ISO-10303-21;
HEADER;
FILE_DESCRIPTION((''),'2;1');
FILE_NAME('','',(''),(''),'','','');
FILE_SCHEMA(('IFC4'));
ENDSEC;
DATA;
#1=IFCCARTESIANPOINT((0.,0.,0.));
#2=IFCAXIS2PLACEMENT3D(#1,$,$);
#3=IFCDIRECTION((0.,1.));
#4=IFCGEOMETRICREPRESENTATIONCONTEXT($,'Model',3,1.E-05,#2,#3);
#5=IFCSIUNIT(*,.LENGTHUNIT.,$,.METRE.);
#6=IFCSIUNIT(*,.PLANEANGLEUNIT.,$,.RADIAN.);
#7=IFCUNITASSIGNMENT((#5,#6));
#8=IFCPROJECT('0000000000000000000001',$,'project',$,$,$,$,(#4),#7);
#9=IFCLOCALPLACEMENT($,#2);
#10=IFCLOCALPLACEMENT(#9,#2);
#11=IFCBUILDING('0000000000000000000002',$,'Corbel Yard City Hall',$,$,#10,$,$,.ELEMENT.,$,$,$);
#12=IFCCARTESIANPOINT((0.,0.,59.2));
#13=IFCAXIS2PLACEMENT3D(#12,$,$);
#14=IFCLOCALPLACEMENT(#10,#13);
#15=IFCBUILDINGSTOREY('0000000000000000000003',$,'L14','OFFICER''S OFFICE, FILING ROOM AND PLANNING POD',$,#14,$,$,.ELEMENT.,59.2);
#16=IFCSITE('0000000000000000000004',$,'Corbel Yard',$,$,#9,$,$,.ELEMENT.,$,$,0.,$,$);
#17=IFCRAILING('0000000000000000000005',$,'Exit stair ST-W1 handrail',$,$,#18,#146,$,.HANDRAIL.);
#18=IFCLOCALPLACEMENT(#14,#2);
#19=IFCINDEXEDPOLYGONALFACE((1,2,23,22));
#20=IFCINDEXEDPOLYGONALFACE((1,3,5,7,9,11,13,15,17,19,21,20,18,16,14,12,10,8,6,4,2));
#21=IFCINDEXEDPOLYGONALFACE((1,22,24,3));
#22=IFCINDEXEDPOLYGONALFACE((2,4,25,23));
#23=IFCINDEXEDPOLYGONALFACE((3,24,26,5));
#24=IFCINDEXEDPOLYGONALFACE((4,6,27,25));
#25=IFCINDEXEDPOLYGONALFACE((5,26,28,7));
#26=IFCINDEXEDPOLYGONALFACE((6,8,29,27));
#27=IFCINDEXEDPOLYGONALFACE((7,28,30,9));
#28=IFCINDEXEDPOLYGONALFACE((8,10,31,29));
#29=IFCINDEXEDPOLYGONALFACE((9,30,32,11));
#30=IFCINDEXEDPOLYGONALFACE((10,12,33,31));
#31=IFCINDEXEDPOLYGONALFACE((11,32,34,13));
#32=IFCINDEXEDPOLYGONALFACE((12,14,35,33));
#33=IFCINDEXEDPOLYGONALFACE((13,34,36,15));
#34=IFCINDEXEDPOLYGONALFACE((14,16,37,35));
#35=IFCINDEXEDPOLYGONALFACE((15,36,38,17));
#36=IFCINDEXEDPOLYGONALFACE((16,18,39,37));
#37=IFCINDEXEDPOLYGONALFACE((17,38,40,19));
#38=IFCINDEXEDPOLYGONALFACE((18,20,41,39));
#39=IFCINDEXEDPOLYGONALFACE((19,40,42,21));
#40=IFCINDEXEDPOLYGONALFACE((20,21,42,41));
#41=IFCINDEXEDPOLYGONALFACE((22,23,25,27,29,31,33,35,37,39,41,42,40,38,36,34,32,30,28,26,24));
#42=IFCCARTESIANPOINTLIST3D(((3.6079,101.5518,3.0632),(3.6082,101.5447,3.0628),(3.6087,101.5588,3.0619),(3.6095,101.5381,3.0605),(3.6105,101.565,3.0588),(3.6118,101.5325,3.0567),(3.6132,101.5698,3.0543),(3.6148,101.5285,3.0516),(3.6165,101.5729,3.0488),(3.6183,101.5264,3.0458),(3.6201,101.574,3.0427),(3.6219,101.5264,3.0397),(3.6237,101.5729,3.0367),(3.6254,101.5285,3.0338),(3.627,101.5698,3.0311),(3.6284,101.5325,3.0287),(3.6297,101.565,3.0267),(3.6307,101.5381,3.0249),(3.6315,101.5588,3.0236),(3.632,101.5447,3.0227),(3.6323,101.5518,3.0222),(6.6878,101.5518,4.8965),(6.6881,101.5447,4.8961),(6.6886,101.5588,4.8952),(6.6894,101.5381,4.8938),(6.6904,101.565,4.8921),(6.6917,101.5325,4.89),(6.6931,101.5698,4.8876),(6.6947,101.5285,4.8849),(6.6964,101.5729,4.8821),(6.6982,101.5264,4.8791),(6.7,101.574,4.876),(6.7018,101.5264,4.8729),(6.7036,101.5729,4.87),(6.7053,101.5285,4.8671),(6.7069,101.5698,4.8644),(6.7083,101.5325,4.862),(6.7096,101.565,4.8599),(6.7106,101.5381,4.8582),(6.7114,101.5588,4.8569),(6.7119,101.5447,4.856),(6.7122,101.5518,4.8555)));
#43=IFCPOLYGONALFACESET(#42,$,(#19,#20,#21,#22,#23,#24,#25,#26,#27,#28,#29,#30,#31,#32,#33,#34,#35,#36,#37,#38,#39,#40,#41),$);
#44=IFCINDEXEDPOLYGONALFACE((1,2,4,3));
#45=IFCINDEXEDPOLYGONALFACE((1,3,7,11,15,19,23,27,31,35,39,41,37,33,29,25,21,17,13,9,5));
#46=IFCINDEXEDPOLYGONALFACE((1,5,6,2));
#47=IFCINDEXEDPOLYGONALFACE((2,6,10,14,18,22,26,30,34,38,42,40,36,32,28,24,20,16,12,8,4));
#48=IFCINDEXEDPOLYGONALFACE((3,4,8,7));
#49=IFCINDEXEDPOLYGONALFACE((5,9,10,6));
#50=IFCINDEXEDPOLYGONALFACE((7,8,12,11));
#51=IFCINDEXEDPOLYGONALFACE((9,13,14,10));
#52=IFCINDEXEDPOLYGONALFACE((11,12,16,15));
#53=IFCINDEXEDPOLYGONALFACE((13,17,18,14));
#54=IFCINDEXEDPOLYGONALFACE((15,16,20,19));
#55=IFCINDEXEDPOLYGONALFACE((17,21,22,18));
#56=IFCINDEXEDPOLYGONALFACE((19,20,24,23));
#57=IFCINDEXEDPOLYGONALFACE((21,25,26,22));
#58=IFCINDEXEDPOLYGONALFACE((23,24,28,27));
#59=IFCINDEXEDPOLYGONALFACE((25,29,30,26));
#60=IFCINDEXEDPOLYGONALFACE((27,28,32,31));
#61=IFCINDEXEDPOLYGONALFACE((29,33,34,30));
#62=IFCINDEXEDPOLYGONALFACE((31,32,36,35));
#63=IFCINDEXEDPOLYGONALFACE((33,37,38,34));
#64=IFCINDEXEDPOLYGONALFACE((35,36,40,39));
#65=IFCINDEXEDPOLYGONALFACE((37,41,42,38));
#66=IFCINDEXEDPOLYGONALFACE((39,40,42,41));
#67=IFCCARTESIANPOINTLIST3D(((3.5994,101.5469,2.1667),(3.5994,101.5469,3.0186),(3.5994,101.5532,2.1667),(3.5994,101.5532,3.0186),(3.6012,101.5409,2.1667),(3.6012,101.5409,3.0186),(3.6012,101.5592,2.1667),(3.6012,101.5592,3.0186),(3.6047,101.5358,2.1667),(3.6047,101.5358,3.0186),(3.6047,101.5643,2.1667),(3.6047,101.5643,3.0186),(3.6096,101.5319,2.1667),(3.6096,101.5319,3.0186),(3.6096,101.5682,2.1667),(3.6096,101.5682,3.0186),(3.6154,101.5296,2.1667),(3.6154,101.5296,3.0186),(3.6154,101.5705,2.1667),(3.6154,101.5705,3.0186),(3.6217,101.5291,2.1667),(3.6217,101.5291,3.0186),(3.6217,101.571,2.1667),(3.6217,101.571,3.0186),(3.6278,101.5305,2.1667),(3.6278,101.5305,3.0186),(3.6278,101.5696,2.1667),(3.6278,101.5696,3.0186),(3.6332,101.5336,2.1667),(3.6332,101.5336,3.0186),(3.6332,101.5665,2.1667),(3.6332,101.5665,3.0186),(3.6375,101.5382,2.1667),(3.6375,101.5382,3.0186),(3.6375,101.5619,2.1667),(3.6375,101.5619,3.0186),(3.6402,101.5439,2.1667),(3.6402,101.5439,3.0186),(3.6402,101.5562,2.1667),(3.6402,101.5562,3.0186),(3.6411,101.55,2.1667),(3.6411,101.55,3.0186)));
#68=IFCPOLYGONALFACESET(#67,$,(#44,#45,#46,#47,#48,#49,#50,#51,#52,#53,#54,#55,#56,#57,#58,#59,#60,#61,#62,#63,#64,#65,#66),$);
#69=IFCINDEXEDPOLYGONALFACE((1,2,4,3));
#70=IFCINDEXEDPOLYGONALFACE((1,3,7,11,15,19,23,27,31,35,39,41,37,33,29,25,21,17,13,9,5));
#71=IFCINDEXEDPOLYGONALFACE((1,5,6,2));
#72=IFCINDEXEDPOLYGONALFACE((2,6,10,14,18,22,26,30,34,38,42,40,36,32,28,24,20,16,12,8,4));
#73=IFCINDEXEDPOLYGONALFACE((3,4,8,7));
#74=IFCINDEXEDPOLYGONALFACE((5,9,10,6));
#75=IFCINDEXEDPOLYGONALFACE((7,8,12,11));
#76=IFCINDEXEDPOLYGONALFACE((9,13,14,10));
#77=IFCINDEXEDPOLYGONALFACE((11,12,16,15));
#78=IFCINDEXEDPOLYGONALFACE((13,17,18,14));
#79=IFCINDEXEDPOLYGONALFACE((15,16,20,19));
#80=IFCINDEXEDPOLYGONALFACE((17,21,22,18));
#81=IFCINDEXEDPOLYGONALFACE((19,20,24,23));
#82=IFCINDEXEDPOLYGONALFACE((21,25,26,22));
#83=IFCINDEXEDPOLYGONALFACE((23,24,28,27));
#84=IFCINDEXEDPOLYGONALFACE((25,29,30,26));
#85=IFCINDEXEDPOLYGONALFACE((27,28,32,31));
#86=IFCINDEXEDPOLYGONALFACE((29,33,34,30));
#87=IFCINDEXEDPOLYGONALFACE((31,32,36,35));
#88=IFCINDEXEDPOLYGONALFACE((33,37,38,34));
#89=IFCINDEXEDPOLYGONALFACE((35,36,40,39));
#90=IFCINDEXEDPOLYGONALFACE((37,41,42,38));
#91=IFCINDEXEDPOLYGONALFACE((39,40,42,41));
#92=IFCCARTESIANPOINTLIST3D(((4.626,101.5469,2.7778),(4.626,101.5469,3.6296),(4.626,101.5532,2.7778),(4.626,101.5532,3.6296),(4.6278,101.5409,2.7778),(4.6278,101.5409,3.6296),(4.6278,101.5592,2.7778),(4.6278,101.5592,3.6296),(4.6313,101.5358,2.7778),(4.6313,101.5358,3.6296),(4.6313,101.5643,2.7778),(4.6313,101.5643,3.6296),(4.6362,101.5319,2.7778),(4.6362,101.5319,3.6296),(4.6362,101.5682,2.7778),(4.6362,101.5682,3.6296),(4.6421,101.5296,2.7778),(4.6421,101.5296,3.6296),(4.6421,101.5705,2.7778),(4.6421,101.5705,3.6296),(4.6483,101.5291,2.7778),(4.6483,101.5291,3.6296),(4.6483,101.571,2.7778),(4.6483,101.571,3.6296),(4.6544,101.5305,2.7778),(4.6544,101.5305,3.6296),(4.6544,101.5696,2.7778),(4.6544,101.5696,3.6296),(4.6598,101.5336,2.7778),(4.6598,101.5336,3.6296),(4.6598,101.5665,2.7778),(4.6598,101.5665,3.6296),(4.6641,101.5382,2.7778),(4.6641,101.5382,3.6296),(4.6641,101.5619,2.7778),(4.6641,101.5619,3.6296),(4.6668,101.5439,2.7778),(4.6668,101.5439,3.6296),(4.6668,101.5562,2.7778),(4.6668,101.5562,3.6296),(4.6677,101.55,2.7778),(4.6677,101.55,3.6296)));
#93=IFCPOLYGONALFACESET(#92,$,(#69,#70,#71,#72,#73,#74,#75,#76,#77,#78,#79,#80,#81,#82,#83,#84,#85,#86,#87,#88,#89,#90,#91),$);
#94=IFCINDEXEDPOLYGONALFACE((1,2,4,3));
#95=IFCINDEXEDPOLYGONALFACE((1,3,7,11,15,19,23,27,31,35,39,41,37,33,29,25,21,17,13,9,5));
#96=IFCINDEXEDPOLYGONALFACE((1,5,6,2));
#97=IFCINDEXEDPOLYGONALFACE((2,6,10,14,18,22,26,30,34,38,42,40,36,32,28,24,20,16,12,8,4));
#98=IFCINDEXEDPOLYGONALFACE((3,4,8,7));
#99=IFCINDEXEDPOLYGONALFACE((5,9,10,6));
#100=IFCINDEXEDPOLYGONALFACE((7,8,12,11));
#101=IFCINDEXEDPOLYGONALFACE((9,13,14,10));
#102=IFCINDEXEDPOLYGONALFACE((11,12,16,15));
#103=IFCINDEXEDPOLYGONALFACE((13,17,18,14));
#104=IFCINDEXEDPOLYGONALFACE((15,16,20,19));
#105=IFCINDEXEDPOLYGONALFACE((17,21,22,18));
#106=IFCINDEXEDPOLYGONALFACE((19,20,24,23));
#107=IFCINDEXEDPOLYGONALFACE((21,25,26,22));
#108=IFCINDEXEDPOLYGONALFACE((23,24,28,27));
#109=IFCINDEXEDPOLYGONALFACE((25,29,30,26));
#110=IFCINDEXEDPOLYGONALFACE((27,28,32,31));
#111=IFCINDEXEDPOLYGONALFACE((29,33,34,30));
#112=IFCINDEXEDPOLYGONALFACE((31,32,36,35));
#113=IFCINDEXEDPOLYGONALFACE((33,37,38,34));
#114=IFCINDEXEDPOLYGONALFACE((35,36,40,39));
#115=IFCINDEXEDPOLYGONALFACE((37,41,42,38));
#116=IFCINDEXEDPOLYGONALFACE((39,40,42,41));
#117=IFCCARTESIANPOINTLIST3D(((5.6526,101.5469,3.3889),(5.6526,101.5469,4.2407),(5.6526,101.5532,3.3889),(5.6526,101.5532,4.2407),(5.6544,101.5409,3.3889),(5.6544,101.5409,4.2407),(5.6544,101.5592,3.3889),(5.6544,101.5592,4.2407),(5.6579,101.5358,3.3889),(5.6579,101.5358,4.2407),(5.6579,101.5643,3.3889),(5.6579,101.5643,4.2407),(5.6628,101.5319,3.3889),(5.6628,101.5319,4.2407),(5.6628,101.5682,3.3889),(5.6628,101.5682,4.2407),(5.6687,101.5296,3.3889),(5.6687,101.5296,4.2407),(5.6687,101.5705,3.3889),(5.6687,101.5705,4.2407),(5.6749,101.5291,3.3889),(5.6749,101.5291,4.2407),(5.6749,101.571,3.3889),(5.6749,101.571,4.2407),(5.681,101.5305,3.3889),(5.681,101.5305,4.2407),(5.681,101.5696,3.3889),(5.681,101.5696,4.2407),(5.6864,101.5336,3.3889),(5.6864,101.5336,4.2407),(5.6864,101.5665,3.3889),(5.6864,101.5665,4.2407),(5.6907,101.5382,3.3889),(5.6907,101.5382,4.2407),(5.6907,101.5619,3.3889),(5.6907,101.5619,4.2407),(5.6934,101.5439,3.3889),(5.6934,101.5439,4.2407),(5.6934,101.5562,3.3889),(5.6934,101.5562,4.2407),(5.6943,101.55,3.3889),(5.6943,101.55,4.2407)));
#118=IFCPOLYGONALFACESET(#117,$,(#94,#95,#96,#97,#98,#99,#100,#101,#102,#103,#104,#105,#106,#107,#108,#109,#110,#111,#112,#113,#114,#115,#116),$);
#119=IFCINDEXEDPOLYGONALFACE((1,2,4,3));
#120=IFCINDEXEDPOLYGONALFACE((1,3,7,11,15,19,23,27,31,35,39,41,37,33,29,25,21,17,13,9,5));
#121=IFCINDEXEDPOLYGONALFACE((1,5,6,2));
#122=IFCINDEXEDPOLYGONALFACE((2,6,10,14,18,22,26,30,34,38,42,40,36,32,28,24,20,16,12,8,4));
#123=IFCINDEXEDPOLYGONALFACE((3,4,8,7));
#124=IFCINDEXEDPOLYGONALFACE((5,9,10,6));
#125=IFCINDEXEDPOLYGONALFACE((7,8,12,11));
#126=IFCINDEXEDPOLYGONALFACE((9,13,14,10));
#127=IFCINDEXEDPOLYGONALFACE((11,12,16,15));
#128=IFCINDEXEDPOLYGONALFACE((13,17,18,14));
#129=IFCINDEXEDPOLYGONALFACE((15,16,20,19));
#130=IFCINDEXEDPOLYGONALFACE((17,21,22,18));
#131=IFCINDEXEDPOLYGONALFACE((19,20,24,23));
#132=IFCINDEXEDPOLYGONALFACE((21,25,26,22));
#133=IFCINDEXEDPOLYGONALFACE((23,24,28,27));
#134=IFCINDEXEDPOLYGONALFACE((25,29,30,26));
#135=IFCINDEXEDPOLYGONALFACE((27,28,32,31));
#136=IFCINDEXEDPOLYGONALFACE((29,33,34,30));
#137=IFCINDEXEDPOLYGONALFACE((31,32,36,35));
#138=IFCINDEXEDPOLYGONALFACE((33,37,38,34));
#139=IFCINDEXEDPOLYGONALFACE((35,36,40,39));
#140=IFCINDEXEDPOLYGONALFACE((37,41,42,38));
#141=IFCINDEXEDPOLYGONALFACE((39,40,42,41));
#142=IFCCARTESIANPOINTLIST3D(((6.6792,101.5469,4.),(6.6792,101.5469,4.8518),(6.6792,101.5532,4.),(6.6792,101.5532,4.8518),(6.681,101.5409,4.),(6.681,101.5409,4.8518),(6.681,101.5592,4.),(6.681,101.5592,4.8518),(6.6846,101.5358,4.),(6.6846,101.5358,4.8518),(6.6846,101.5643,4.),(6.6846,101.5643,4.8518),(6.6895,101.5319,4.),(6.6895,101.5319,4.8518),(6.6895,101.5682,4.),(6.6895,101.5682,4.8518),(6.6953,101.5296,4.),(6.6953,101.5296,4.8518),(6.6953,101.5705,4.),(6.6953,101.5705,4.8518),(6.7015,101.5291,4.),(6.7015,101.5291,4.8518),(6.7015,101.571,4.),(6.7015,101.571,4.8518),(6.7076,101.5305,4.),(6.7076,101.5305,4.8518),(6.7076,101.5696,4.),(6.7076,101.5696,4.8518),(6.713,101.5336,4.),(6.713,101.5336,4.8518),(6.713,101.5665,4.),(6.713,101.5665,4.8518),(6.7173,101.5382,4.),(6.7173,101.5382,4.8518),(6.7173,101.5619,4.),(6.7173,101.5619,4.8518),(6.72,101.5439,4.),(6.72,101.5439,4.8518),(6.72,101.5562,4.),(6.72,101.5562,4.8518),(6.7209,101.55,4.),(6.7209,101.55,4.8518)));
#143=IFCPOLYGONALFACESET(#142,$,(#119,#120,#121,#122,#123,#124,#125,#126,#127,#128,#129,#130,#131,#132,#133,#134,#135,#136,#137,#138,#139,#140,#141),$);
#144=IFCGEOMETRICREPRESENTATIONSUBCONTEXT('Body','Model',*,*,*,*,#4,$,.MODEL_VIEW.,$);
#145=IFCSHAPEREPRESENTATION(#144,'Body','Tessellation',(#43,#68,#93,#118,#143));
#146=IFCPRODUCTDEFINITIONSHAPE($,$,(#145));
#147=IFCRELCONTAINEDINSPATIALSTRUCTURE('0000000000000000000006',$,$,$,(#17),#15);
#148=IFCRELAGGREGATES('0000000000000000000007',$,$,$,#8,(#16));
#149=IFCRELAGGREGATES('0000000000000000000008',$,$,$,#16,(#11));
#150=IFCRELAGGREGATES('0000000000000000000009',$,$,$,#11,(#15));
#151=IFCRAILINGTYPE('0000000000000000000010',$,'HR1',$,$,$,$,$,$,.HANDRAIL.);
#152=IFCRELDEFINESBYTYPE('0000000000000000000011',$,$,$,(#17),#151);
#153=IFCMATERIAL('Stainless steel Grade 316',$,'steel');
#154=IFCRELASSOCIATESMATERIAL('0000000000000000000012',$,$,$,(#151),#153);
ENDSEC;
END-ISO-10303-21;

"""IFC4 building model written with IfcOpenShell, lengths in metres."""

from ifc_helpers import new_model, si_unit, direction, frame, origin, origin_2d, place, context, subcontext, project, spatial, circle, extrude, material, type_object, element, save


model = new_model("IFC4")

# Units and contexts
model_context = context("Model", 3, precision=1e-05, world=origin(), true_north=direction((0.0, 1.0)))
body_context = subcontext(model_context, "Body", "Model", "MODEL_VIEW")
ifc_project = project(units=[si_unit("LENGTHUNIT", "METRE"), si_unit("PLANEANGLEUNIT", "RADIAN")], contexts=[model_context])

# Site, building, storey
site_placement = place(None, origin())
site = spatial("IfcSite", under=ifc_project, at=site_placement, Name="Corbel Yard", CompositionType="ELEMENT", RefElevation=0.0)
building_placement = place(site_placement, origin())
building = spatial("IfcBuilding", under=site, at=building_placement, Name="Corbel Yard City Hall", CompositionType="ELEMENT")
storey_placement = place(building_placement, frame((0.0, 0.0, 59.2)))
storey = spatial("IfcBuildingStorey", under=building, at=storey_placement, Name="L14", Description="OFFICER'S OFFICE, FILING ROOM AND PLANNING POD", CompositionType="ELEMENT", Elevation=59.2)

# Railing
ifc_material_1 = material(Name="Stainless steel Grade 316", Category="steel")
railing_type = type_object("IfcRailingType", Name="HR1", PredefinedType="HANDRAIL", material=ifc_material_1)
for number, where, name in (
    (1, (3.6201, 101.55, 2.1667), "Exit stair ST-W1 handrail"),
):
    element("IfcRailing", number, at=place(storey_placement, frame(where)), inside=storey, type_object=railing_type, Name=name, PredefinedType="HANDRAIL", context=body_context, shape_type="SweptSolid", body=[
        extrude(circle(Radius=0.0239, at=origin_2d()), frame((0.0, 0.0, 0.876), z_axis=(0.859291, 0.0, 0.511487), x_axis=(0.0, 1.0, 0.0)), (0.0, 0.0, 1.0), 3.5842),
        extrude(circle(Radius=0.021, at=origin_2d()), origin(), (0.0, 0.0, 1.0), 0.8518),
        extrude(circle(Radius=0.021, at=origin_2d()), frame((1.0266, 0.0, 0.6111)), (0.0, 0.0, 1.0), 0.8518),
        extrude(circle(Radius=0.021, at=origin_2d()), frame((2.0532, 0.0, 1.2222)), (0.0, 0.0, 1.0), 0.8518),
        extrude(circle(Radius=0.021, at=origin_2d()), frame((3.0798, 0.0, 1.8333)), (0.0, 0.0, 1.0), 0.8518),
    ])

save(model, "model.ifc")
